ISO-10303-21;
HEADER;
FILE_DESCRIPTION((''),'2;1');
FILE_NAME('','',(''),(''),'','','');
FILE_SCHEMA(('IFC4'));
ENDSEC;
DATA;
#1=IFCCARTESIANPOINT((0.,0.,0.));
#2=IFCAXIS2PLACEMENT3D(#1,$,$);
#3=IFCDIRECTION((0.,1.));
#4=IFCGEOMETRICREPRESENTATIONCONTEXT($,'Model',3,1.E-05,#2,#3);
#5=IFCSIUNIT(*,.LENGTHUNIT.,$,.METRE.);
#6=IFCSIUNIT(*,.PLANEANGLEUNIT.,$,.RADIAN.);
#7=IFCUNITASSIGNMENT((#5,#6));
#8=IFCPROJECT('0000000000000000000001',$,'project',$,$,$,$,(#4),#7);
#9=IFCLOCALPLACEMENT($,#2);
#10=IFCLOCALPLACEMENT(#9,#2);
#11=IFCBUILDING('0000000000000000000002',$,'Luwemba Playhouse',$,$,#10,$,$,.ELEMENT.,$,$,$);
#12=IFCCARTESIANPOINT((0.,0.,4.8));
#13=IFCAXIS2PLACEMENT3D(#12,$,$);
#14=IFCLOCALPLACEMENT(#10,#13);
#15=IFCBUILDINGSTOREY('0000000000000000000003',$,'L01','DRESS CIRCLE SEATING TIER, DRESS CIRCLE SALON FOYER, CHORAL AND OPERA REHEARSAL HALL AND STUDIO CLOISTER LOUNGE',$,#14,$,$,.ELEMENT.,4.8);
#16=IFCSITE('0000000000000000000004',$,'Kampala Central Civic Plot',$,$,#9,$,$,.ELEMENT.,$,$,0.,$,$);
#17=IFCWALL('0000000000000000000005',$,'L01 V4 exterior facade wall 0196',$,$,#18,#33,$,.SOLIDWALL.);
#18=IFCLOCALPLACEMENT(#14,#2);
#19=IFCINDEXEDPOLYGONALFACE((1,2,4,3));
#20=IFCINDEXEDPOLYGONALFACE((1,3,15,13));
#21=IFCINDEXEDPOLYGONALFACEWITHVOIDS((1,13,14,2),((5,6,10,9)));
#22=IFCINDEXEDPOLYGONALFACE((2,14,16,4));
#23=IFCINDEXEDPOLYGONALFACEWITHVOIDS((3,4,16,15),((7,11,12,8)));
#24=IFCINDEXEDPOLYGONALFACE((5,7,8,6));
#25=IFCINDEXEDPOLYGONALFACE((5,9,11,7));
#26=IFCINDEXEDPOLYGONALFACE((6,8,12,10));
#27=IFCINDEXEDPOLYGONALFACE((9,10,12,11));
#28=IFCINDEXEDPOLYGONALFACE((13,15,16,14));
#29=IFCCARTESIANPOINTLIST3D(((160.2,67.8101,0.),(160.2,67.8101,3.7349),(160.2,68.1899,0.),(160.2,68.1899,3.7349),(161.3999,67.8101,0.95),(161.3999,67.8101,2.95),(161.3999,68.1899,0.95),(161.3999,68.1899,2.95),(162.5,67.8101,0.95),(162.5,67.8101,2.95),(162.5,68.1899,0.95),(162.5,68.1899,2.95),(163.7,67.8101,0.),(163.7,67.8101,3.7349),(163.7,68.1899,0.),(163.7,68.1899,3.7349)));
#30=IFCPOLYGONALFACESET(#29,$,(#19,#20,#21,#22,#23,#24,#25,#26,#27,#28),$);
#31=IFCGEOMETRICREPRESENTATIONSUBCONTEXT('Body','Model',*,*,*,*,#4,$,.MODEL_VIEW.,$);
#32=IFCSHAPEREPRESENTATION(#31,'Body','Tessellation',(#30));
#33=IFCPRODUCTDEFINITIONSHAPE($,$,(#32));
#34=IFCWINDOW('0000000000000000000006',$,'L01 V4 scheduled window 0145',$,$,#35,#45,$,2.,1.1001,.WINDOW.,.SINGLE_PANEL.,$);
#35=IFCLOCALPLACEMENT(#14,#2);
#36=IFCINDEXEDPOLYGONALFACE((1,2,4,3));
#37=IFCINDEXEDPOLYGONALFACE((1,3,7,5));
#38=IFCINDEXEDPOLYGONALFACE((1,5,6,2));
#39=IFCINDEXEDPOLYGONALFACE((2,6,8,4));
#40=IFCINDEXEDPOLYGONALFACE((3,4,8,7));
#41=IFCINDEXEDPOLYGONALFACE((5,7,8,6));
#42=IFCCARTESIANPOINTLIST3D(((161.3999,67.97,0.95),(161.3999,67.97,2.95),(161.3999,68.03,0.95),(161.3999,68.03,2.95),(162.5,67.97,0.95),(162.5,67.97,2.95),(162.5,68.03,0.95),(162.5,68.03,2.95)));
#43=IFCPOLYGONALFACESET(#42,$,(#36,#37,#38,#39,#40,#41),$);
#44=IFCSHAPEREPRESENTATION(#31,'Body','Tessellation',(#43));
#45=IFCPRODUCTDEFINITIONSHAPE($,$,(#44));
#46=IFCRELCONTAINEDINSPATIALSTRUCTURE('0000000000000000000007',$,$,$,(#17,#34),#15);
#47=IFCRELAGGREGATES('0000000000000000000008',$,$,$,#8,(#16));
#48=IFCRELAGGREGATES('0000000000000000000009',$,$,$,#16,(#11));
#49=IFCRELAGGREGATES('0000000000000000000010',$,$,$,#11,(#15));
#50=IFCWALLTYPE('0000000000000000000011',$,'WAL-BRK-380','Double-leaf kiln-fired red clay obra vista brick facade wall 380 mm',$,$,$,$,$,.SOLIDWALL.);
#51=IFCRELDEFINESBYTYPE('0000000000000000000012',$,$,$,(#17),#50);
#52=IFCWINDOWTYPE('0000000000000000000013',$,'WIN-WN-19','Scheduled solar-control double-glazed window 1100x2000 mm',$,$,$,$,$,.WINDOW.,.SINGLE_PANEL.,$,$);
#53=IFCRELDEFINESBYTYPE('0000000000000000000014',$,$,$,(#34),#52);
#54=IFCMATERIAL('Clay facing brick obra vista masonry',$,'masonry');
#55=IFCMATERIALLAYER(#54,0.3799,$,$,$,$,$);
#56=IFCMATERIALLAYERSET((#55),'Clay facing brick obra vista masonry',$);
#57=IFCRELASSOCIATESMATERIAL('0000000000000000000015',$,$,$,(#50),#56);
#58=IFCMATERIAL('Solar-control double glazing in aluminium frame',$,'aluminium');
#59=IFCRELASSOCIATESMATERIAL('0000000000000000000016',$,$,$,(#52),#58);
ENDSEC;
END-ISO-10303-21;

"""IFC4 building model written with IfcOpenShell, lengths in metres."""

from ifc_helpers import new_model, si_unit, direction, frame, frame_2d, origin, place, context, subcontext, project, spatial, rectangle, extrude, material, layer, layer_set, type_object, element, fill, save


model = new_model("IFC4")

# Units and contexts
model_context = context("Model", 3, precision=1e-05, world=origin(), true_north=direction((0.0, 1.0)))
body_context = subcontext(model_context, "Body", "Model", "MODEL_VIEW")
ifc_project = project(units=[si_unit("LENGTHUNIT", "METRE"), si_unit("PLANEANGLEUNIT", "RADIAN")], contexts=[model_context])

# Site, building, storey
site_placement = place(None, origin())
site = spatial("IfcSite", under=ifc_project, at=site_placement, Name="Kampala Central Civic Plot", CompositionType="ELEMENT", RefElevation=0.0)
building_placement = place(site_placement, origin())
building = spatial("IfcBuilding", under=site, at=building_placement, Name="Luwemba Playhouse", CompositionType="ELEMENT")
storey_placement = place(building_placement, frame((0.0, 0.0, 4.8)))
storey = spatial("IfcBuildingStorey", under=building, at=storey_placement, Name="L01", Description="DRESS CIRCLE SEATING TIER, DRESS CIRCLE SALON FOYER, CHORAL AND OPERA REHEARSAL HALL AND STUDIO CLOISTER LOUNGE", CompositionType="ELEMENT", Elevation=4.8)

# Wall, opening, window
ifc_material_1 = material(Name="Clay facing brick obra vista masonry", Category="masonry")
ifc_layer_1 = layer(ifc_material_1, 0.3799)
ifc_layer_set_1 = layer_set([ifc_layer_1], Name="Clay facing brick obra vista masonry")
wall_type = type_object("IfcWallType", Name="WAL-BRK-380", Description="Double-leaf kiln-fired red clay obra vista brick facade wall 380 mm", PredefinedType="SOLIDWALL", material=ifc_layer_set_1)
wall_placement = place(storey_placement, frame((163.7, 68.0, 0.0), z_axis=(0.0, 0.0, 1.0), x_axis=(-1.0, 0.0, 0.0)))
wall = element("IfcWall", 1, at=wall_placement, inside=storey, type_object=wall_type, Name="L01 V4 exterior facade wall 0196", PredefinedType="SOLIDWALL", context=body_context, shape_type="SweptSolid", body=[
    extrude(rectangle(XDim=3.5, YDim=0.3799, at=frame_2d((1.75, 0.0))), origin(), (0.0, 0.0, 1.0), 3.7349),
])
opening_placement = place(wall_placement, frame((1.2, 0.0, 0.95)))
opening = element("IfcOpeningElement", 2, at=opening_placement, cuts=wall, PredefinedType="OPENING", context=body_context, shape_type="SweptSolid", body=[
    extrude(rectangle(XDim=1.1001, YDim=2.0, at=frame_2d((0.55, 1.0))), frame((0.0, 0.2, 0.0), z_axis=(0.0, -1.0, 0.0), x_axis=(1.0, 0.0, 0.0)), (0.0, 0.0, 1.0), 0.3999),
])
ifc_material_2 = material(Name="Solar-control double glazing in aluminium frame", Category="aluminium")
window_type = type_object("IfcWindowType", Name="WIN-WN-19", Description="Scheduled solar-control double-glazed window 1100x2000 mm", PartitioningType="SINGLE_PANEL", PredefinedType="WINDOW", material=ifc_material_2)
window_placement = place(opening_placement, origin())
window = element("IfcWindow", 3, at=window_placement, inside=storey, type_object=window_type, Name="L01 V4 scheduled window 0145", OverallHeight=2.0, OverallWidth=1.1001, PartitioningType="SINGLE_PANEL", PredefinedType="WINDOW", context=body_context, shape_type="SweptSolid", body=[
    extrude(rectangle(XDim=1.1001, YDim=2.0, at=frame_2d((0.55, 1.0))), frame((0.0, 0.03, 0.0), z_axis=(0.0, -1.0, 0.0), x_axis=(1.0, 0.0, 0.0)), (0.0, 0.0, 1.0), 0.0601),
])
fill(opening, window)

save(model, "model.ifc")
